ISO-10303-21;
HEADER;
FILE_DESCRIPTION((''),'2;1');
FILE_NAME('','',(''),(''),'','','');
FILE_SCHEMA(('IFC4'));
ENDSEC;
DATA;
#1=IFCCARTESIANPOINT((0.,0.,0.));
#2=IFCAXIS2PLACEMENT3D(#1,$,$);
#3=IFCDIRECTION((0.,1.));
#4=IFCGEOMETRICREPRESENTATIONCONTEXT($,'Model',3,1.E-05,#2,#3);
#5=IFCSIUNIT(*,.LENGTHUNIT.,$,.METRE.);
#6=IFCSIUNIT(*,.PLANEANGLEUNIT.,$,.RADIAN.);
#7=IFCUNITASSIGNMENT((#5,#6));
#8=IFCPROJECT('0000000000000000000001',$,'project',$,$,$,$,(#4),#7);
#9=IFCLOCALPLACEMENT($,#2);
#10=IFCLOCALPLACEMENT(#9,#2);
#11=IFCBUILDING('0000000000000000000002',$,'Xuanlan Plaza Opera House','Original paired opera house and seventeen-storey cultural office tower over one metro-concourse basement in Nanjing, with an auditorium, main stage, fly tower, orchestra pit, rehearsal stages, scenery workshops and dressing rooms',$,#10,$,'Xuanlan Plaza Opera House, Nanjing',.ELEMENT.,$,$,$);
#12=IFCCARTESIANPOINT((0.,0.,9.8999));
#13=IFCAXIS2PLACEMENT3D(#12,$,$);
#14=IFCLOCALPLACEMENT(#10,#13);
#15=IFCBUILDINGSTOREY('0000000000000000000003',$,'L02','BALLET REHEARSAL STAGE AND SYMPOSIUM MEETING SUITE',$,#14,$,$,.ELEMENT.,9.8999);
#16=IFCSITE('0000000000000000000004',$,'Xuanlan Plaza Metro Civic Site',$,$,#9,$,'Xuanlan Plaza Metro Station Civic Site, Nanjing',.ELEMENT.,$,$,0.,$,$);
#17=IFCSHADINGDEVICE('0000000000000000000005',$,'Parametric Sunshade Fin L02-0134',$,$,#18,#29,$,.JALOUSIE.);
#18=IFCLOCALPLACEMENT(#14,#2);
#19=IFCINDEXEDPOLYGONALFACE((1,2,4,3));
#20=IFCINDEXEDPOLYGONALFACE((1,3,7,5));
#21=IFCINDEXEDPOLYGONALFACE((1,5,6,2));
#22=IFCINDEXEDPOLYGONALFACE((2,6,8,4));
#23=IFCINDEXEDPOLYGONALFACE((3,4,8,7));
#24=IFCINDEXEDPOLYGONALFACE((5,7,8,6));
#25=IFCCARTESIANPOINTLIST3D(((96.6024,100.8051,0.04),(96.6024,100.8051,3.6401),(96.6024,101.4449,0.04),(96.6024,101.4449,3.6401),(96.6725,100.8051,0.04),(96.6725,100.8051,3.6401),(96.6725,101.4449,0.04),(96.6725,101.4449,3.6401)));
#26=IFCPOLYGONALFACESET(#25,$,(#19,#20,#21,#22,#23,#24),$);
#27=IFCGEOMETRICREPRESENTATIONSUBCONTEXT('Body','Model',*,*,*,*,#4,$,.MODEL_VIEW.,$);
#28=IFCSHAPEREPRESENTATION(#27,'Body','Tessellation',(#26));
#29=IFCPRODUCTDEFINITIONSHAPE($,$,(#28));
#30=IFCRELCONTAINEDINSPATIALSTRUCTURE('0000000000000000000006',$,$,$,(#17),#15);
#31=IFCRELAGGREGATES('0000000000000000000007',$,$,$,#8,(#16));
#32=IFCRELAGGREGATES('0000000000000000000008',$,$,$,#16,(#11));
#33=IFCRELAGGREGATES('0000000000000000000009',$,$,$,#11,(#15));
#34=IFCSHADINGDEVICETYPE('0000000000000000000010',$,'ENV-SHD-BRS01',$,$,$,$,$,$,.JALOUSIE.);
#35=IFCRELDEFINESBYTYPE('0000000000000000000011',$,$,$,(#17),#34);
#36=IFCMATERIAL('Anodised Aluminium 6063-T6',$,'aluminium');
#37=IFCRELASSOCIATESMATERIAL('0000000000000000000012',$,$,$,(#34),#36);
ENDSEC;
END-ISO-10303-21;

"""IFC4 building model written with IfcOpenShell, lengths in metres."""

from ifc_helpers import new_model, si_unit, direction, frame, origin, origin_2d, place, context, subcontext, project, spatial, rectangle, extrude, material, type_object, element, save


model = new_model("IFC4")

# Units and contexts
model_context = context("Model", 3, precision=1e-05, world=origin(), true_north=direction((0.0, 1.0)))
body_context = subcontext(model_context, "Body", "Model", "MODEL_VIEW")
ifc_project = project(units=[si_unit("LENGTHUNIT", "METRE"), si_unit("PLANEANGLEUNIT", "RADIAN")], contexts=[model_context])

# Site, building, storey
site_placement = place(None, origin())
site = spatial("IfcSite", under=ifc_project, at=site_placement, Name="Xuanlan Plaza Metro Civic Site", LongName="Xuanlan Plaza Metro Station Civic Site, Nanjing", CompositionType="ELEMENT", RefElevation=0.0)
building_placement = place(site_placement, origin())
building = spatial("IfcBuilding", under=site, at=building_placement, Name="Xuanlan Plaza Opera House", Description="Original paired opera house and seventeen-storey cultural office tower over one metro-concourse basement in Nanjing, with an auditorium, main stage, fly tower, orchestra pit, rehearsal stages, scenery workshops and dressing rooms", LongName="Xuanlan Plaza Opera House, Nanjing", CompositionType="ELEMENT")
storey_placement = place(building_placement, frame((0.0, 0.0, 9.8999)))
storey = spatial("IfcBuildingStorey", under=building, at=storey_placement, Name="L02", Description="BALLET REHEARSAL STAGE AND SYMPOSIUM MEETING SUITE", CompositionType="ELEMENT", Elevation=9.8999)

# Shared definitions
ifc_material_1 = material(Name="Anodised Aluminium 6063-T6", Category="aluminium")

# Shading device
shading_device_type = type_object("IfcShadingDeviceType", Name="ENV-SHD-BRS01", PredefinedType="JALOUSIE", material=ifc_material_1)
shading_device_placement = place(storey_placement, frame((96.6375, 101.125, 0.04), z_axis=(0.0, 0.0, 1.0), x_axis=(0.0, 1.0, 0.0)))
element("IfcShadingDevice", 1, at=shading_device_placement, inside=storey, type_object=shading_device_type, Name="Parametric Sunshade Fin L02-0134", PredefinedType="JALOUSIE", context=body_context, shape_type="SweptSolid", body=[
    extrude(rectangle(XDim=0.6399, YDim=0.0701, at=origin_2d()), origin(), (0.0, 0.0, 1.0), 3.6001),
])

save(model, "model.ifc")
